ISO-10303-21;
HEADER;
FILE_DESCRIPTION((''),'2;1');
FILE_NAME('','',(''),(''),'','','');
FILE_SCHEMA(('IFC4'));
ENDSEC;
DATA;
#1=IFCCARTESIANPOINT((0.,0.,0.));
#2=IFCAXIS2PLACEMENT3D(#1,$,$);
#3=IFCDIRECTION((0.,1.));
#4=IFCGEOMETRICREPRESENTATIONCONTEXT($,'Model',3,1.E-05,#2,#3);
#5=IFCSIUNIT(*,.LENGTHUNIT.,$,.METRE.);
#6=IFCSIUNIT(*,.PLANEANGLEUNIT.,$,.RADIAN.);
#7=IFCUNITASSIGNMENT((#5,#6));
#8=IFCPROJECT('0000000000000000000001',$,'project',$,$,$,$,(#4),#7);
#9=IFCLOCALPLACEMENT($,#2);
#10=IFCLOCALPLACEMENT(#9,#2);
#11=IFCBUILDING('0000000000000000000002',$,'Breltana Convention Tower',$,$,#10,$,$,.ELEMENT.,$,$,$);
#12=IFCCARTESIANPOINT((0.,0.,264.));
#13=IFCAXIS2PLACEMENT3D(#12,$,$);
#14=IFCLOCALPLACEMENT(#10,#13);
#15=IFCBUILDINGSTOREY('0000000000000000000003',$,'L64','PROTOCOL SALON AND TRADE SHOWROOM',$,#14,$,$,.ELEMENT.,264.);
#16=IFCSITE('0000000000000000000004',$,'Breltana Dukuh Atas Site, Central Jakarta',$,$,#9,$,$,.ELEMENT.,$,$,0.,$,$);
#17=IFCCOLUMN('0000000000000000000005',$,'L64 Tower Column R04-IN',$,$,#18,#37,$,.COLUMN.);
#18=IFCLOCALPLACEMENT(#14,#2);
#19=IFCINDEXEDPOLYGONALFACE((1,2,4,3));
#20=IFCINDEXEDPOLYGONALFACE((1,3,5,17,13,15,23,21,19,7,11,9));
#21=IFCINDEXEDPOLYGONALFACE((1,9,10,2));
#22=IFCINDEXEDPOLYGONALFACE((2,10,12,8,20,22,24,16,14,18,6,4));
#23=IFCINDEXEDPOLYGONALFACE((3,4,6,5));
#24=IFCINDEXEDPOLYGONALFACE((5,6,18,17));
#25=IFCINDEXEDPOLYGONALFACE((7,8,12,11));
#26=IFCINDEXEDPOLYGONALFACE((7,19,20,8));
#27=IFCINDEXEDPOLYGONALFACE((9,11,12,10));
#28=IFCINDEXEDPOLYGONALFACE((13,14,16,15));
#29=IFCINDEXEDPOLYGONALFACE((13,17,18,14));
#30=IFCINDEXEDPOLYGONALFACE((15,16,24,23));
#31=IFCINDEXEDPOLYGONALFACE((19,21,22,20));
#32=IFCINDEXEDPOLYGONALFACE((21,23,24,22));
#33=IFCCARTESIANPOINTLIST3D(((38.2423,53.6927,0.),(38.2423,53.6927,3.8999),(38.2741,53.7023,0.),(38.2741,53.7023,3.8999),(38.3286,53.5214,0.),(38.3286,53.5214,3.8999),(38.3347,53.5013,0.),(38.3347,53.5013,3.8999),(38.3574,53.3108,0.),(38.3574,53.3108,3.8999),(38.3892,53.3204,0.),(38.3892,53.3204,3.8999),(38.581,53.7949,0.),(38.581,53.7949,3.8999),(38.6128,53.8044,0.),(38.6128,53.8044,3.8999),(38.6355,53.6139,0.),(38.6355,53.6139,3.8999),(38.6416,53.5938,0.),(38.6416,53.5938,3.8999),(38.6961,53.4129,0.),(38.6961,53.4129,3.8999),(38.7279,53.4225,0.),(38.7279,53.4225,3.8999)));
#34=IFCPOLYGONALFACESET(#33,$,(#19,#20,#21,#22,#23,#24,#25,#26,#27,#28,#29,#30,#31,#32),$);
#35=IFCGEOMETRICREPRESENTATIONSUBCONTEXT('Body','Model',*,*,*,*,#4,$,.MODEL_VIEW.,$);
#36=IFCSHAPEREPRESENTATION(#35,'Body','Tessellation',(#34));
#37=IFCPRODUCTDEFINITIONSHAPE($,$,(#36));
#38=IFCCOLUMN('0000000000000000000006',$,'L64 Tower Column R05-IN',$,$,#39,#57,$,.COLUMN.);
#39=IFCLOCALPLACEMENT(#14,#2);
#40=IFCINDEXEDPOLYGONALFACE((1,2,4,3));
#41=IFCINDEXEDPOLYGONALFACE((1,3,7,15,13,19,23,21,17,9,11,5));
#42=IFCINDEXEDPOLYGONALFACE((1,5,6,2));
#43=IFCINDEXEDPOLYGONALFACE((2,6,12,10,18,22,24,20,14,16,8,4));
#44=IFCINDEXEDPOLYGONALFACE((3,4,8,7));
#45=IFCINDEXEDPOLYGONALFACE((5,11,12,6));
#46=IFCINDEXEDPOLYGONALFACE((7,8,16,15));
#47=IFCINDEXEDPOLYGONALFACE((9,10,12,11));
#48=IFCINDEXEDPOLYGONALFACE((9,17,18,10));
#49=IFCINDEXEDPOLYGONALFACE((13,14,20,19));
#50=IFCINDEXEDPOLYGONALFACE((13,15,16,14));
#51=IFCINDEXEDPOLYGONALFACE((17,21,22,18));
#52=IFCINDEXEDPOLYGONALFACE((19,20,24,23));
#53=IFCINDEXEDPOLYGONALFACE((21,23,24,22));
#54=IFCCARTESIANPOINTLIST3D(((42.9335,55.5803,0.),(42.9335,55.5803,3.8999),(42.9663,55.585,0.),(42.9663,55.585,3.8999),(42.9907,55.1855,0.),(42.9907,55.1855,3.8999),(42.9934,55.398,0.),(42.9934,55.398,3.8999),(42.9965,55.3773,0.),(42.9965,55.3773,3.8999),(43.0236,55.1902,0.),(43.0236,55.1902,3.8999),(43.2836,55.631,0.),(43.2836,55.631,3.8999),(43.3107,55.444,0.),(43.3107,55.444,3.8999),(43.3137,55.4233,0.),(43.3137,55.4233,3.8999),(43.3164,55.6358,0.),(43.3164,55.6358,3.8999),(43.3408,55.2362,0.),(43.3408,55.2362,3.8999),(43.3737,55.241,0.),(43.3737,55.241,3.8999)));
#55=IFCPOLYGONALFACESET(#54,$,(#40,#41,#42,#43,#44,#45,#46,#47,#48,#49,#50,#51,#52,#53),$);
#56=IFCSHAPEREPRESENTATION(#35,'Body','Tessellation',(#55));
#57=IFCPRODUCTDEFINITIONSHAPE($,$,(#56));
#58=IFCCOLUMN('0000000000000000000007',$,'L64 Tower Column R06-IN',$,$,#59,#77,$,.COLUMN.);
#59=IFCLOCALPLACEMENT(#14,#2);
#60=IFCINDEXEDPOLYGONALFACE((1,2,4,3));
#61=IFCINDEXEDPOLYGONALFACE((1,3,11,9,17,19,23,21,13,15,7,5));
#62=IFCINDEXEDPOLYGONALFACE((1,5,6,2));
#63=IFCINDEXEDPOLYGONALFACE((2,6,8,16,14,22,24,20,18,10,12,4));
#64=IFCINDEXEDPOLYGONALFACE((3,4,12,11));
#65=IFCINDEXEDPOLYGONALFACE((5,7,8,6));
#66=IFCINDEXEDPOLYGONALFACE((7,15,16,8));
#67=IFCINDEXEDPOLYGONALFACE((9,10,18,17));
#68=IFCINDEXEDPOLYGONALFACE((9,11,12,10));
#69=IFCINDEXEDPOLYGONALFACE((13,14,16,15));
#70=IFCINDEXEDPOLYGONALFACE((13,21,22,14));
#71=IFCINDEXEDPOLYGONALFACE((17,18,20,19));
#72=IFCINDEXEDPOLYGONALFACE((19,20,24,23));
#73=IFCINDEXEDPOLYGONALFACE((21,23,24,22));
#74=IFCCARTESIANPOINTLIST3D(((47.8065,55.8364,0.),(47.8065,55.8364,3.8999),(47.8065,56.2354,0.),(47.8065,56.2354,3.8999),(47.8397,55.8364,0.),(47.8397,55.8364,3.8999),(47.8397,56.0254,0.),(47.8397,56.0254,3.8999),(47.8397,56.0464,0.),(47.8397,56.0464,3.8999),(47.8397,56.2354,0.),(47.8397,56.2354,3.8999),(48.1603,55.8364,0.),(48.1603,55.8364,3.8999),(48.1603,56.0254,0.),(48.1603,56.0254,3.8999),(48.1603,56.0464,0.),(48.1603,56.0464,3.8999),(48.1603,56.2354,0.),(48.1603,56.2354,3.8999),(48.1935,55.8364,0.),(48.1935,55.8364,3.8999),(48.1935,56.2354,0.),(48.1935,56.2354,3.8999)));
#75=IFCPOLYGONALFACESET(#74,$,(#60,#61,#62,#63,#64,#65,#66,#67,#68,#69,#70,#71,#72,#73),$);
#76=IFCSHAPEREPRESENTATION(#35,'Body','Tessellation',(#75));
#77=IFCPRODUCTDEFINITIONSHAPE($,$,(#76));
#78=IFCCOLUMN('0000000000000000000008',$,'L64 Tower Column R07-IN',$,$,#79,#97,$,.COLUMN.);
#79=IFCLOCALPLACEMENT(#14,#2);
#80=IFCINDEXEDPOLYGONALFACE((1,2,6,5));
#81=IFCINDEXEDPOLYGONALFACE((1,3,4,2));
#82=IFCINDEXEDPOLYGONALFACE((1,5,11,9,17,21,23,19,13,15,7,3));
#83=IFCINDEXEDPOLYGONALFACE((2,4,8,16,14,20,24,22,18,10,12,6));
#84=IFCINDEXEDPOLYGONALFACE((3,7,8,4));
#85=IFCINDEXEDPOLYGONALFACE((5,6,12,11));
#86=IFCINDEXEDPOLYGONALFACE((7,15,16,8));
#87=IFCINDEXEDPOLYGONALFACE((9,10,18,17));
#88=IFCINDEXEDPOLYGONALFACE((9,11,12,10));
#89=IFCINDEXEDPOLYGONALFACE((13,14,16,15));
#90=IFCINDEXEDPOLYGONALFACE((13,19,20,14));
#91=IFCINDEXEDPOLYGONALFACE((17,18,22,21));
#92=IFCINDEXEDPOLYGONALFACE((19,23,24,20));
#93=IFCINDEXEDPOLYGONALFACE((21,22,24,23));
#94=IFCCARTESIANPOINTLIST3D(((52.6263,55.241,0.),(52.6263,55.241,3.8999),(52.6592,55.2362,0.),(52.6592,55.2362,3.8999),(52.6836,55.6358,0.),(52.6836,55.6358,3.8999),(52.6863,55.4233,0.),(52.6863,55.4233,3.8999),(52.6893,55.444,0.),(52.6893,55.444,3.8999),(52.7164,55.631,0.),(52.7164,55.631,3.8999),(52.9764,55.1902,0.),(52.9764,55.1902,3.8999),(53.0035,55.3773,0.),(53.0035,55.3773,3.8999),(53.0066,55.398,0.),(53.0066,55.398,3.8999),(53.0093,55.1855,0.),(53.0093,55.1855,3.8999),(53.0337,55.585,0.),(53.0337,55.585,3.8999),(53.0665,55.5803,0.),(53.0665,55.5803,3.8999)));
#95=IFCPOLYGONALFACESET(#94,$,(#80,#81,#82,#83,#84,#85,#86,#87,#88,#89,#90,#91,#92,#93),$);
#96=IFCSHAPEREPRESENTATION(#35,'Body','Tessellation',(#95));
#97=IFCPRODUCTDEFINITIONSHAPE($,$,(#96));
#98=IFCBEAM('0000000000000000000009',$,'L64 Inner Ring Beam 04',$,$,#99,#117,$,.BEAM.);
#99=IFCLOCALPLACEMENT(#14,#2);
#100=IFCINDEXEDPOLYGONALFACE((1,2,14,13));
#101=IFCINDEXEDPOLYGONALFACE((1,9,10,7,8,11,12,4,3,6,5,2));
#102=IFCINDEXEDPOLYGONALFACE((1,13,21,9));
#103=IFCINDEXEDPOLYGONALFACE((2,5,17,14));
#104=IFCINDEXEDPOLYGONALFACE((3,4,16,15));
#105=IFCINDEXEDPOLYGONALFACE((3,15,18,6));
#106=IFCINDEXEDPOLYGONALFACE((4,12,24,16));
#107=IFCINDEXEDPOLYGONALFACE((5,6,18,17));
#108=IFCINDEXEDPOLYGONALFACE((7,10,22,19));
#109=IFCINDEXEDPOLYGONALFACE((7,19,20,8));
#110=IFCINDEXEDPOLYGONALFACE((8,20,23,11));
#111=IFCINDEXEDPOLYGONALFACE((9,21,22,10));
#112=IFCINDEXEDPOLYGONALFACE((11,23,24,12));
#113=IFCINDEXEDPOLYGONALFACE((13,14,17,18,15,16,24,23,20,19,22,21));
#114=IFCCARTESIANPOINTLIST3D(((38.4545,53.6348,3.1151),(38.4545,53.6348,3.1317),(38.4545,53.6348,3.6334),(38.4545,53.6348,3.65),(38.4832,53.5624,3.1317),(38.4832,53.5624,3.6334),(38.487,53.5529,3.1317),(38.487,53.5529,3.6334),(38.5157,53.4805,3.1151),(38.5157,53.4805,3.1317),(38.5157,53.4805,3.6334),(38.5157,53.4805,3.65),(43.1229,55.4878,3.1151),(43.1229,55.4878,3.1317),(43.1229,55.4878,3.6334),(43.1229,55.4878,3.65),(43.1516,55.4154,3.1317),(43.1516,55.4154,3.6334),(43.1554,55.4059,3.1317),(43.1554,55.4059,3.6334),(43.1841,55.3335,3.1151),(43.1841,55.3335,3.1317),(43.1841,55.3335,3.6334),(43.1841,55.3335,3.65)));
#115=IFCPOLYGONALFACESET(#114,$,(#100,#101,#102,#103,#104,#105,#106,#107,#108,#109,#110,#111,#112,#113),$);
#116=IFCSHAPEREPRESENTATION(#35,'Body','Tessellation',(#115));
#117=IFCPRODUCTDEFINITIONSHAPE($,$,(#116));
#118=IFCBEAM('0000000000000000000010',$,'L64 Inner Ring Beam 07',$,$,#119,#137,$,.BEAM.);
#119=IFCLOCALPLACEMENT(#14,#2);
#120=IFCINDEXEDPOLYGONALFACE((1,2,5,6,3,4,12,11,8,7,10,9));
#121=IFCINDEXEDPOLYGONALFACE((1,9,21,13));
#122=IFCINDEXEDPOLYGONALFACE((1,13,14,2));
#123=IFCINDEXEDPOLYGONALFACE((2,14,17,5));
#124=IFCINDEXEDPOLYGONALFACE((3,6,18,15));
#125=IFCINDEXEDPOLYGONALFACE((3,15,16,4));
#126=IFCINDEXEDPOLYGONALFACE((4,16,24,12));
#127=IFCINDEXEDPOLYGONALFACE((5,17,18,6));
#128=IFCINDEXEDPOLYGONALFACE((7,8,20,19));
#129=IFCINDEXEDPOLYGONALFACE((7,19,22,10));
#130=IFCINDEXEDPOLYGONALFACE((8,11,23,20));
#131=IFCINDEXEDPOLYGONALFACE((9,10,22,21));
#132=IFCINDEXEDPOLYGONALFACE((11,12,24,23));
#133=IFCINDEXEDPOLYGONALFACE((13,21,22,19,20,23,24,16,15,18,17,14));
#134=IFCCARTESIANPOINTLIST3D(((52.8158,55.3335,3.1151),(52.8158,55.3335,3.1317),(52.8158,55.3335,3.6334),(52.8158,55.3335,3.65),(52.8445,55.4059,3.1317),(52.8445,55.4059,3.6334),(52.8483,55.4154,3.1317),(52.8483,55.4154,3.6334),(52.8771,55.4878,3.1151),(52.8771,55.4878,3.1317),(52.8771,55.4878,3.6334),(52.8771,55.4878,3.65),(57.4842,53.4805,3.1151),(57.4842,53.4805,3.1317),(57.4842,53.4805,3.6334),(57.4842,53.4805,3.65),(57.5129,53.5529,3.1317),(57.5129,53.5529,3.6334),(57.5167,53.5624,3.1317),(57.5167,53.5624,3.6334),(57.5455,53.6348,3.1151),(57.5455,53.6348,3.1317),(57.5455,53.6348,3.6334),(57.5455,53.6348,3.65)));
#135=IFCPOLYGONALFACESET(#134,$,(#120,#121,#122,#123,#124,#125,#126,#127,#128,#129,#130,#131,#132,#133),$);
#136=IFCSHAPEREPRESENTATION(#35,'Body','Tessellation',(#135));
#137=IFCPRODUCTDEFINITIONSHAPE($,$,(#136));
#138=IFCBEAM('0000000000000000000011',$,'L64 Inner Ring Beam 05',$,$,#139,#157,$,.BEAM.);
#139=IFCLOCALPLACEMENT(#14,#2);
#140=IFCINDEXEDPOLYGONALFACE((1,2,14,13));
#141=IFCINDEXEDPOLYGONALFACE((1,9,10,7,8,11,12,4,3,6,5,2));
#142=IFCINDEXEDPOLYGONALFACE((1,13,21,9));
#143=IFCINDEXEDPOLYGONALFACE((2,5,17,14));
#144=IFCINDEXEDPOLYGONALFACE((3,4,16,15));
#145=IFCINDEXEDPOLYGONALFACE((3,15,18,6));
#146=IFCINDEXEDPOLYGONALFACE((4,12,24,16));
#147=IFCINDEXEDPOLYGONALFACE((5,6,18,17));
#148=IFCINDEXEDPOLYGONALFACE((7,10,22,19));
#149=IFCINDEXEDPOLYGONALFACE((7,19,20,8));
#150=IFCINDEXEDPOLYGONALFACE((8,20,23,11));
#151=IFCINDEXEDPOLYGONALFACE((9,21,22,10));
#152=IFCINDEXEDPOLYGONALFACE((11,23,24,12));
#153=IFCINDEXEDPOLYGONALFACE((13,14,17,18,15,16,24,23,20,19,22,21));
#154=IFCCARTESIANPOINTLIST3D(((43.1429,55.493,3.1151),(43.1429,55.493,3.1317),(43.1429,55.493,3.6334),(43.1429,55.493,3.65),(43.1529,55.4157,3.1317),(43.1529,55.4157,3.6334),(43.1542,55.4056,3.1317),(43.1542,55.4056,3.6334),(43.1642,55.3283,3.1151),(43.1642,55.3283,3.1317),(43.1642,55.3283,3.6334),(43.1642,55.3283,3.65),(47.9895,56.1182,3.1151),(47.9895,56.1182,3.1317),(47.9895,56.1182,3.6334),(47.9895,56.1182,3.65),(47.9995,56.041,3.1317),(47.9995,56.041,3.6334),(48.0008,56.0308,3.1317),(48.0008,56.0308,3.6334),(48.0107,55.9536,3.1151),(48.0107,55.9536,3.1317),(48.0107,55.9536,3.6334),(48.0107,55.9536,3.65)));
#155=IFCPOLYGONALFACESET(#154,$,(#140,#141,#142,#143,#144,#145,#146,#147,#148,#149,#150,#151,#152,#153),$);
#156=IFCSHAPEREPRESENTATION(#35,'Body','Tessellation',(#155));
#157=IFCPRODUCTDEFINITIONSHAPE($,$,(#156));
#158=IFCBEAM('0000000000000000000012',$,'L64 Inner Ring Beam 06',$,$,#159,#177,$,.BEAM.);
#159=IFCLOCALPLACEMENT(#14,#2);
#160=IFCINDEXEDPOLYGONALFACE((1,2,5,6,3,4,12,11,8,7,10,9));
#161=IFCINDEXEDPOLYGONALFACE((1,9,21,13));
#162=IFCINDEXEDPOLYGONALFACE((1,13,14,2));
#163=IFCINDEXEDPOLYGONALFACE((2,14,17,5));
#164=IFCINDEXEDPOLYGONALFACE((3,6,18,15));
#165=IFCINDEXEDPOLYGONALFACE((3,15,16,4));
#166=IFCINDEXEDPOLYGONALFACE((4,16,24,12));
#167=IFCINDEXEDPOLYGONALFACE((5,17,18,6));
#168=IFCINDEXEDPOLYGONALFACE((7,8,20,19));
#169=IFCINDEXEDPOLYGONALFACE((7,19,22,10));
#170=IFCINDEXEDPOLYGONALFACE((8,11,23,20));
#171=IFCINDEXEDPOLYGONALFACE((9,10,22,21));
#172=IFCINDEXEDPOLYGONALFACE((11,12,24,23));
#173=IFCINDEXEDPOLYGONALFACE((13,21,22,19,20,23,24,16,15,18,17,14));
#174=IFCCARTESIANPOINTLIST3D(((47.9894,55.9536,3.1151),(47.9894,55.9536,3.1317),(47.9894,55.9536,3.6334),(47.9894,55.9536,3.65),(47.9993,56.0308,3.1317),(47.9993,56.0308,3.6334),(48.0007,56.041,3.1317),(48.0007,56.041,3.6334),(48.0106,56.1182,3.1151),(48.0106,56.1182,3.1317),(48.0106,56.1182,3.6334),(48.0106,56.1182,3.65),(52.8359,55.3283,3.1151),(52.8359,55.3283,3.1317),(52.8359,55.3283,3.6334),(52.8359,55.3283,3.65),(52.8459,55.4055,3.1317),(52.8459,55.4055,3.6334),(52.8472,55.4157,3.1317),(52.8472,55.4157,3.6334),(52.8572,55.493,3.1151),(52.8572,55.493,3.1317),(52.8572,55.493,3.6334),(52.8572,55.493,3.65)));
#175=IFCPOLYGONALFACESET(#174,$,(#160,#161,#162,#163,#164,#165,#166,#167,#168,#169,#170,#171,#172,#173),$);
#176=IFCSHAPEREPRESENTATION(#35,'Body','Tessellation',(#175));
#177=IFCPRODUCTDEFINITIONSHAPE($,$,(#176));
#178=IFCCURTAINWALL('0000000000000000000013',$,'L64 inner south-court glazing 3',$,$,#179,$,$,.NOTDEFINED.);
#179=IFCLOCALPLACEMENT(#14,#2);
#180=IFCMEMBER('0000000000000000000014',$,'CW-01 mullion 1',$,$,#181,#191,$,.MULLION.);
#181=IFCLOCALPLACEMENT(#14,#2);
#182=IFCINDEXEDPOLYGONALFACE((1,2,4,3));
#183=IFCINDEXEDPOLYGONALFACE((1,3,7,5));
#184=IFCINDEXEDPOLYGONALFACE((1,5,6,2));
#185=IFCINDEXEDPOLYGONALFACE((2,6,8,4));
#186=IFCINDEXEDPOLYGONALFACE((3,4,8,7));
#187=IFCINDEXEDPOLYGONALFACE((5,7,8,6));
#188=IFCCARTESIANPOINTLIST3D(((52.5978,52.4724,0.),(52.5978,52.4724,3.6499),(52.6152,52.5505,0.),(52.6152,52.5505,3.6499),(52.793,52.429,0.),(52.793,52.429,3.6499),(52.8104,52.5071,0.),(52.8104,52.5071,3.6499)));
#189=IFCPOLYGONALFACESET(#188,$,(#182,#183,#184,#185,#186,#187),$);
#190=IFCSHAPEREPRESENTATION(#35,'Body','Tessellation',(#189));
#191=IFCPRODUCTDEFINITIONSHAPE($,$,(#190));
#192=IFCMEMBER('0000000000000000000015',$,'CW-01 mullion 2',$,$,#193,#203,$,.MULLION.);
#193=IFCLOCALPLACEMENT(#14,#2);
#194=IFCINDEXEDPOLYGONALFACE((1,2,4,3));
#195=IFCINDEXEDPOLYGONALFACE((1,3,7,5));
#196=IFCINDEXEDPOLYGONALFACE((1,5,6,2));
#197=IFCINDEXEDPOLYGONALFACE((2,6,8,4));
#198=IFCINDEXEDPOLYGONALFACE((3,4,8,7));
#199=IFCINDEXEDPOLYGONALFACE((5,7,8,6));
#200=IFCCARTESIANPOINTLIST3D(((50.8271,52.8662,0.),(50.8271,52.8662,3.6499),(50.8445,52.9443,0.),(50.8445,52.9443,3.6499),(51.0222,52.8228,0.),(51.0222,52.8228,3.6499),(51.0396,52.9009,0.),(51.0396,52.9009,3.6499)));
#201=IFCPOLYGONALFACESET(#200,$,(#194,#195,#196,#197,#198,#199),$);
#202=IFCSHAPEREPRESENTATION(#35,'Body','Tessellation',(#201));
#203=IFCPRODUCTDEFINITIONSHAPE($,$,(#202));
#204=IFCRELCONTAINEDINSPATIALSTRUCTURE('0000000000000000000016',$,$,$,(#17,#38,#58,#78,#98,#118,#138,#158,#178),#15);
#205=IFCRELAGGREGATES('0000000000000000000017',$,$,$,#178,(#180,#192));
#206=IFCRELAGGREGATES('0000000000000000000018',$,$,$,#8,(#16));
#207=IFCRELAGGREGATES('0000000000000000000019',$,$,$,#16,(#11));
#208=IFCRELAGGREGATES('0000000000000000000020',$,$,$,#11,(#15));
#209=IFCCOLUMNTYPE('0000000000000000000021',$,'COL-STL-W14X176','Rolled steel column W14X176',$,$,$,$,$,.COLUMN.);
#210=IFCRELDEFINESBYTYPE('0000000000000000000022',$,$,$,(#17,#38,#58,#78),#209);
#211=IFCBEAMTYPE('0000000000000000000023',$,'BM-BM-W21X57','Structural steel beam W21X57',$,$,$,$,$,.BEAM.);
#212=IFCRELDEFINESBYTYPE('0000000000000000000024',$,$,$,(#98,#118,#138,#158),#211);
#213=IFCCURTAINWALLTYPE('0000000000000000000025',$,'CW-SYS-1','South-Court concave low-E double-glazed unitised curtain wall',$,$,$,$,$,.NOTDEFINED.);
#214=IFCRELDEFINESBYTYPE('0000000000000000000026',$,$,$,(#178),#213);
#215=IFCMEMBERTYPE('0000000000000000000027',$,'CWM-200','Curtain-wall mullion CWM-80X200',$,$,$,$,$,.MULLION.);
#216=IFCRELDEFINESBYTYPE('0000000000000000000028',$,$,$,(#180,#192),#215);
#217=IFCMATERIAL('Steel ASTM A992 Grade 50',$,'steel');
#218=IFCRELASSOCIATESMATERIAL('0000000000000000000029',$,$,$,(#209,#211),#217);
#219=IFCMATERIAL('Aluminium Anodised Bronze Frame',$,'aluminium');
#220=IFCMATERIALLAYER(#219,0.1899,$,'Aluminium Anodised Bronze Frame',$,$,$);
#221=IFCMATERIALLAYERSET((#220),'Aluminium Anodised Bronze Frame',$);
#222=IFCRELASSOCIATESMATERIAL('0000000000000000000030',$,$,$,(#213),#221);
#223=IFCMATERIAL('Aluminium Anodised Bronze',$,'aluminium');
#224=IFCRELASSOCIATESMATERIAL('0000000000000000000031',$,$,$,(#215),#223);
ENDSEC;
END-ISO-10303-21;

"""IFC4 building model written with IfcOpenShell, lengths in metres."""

from ifc_helpers import new_model, si_unit, direction, frame, origin, origin_2d, place, context, subcontext, project, spatial, rectangle, i_section, extrude, source, transform, mapped, material, layer, layer_set, material_profile, profile_set, type_object, type_shapes, element, aggregate, save


model = new_model("IFC4")

# Units and contexts
model_context = context("Model", 3, precision=1e-05, world=origin(), true_north=direction((0.0, 1.0)))
body_context = subcontext(model_context, "Body", "Model", "MODEL_VIEW")
ifc_project = project(units=[si_unit("LENGTHUNIT", "METRE"), si_unit("PLANEANGLEUNIT", "RADIAN")], contexts=[model_context])

# Site, building, storey
site_placement = place(None, origin())
site = spatial("IfcSite", under=ifc_project, at=site_placement, Name="Breltana Dukuh Atas Site, Central Jakarta", CompositionType="ELEMENT", RefElevation=0.0)
building_placement = place(site_placement, origin())
building = spatial("IfcBuilding", under=site, at=building_placement, Name="Breltana Convention Tower", CompositionType="ELEMENT")
storey_placement = place(building_placement, frame((0.0, 0.0, 264.0)))
storey = spatial("IfcBuildingStorey", under=building, at=storey_placement, Name="L64", Description="PROTOCOL SALON AND TRADE SHOWROOM", CompositionType="ELEMENT", Elevation=264.0)

# Columns
ifc_material_1 = material(Name="Steel ASTM A992 Grade 50", Category="steel")
ifc_material_profile_1 = material_profile(ifc_material_1, i_section(OverallWidth=0.3989, OverallDepth=0.387, WebThickness=0.021, FlangeThickness=0.0332, at=origin_2d()), Name="W14X176")
ifc_profile_set_1 = profile_set([ifc_material_profile_1], Name="Steel ASTM A992 Grade 50")
column_type = type_object("IfcColumnType", Name="COL-STL-W14X176", Description="Rolled steel column W14X176", PredefinedType="COLUMN", material=ifc_profile_set_1)
shared_shape_1 = source(origin(), body_context, "Body", "SweptSolid", [
    extrude(i_section(OverallWidth=0.3989, OverallDepth=0.387, WebThickness=0.021, FlangeThickness=0.0332, at=origin_2d()), origin(), (0.0, 0.0, 1.0), 3.8999),
])
type_shapes(column_type, [shared_shape_1])
for number, where, z_axis, x_axis, name in (
    (1, (38.4851, 53.5576, 0.0), (0.0, 0.0, 1.0), (-0.288698, 0.95742, 0.0), "L64 Tower Column R04-IN"),
    (2, (43.1536, 55.4106, 0.0), (0.0, 0.0, 1.0), (-0.143493, 0.989651, 0.0), "L64 Tower Column R05-IN"),
    (3, (48.0, 56.0359, 0.0), (0.0, 0.0, 1.0), (0.0, 1.0, 0.0), "L64 Tower Column R06-IN"),
    (4, (52.8464, 55.4106, 0.0), (0.0, 0.0, 1.0), (0.143493, 0.989651, 0.0), "L64 Tower Column R07-IN"),
):
    element("IfcColumn", number, at=place(storey_placement, frame(where, z_axis=z_axis, x_axis=x_axis)), inside=storey, type_object=column_type, Name=name, PredefinedType="COLUMN", context=body_context, shape_type="MappedRepresentation", body=[
        mapped(shared_shape_1, transform((0.0, 0.0, 0.0), scale=1.0)),
    ])

# Beams
ifc_material_profile_2 = material_profile(ifc_material_1, i_section(OverallWidth=0.166, OverallDepth=0.5349, WebThickness=0.0103, FlangeThickness=0.0166, at=origin_2d()), Name="W21X57")
ifc_profile_set_2 = profile_set([ifc_material_profile_2], Name="Steel ASTM A992 Grade 50")
beam_type = type_object("IfcBeamType", Name="BM-BM-W21X57", Description="Structural steel beam W21X57", PredefinedType="BEAM", material=ifc_profile_set_2)
shared_shape_2 = source(origin(), body_context, "Body", "SweptSolid", [
    extrude(i_section(OverallWidth=0.166, OverallDepth=0.5349, WebThickness=0.0103, FlangeThickness=0.0166, at=origin_2d()), origin(), (0.0, 0.0, 1.0), 5.0227),
])
for number, where, z_axis, x_axis, name in (
    (5, (38.4851, 53.5576, 3.3826), (0.929459, 0.368926, 0.0), (-0.368926, 0.929459, 0.0), "L64 Inner Ring Beam 04"),
    (6, (52.8464, 55.4106, 3.3826), (0.929459, -0.368926, 0.0), (0.368926, 0.929459, 0.0), "L64 Inner Ring Beam 07"),
):
    element("IfcBeam", number, at=place(storey_placement, frame(where, z_axis=z_axis, x_axis=x_axis)), inside=storey, type_object=beam_type, Name=name, PredefinedType="BEAM", context=body_context, shape_type="MappedRepresentation", body=[
        mapped(shared_shape_2, transform((0.0, 0.0, 0.0), scale=1.0)),
    ])
shared_shape_3 = source(origin(), body_context, "Body", "SweptSolid", [
    extrude(i_section(OverallWidth=0.166, OverallDepth=0.5349, WebThickness=0.0103, FlangeThickness=0.0166, at=origin_2d()), origin(), (0.0, 0.0, 1.0), 4.8867),
])
for number, where, z_axis, x_axis, name in (
    (7, (43.1536, 55.4106, 3.3826), (0.991781, 0.127951, 0.0), (-0.127951, 0.991781, 0.0), "L64 Inner Ring Beam 05"),
    (8, (48.0, 56.0359, 3.3826), (0.991781, -0.127951, 0.0), (0.127951, 0.991781, 0.0), "L64 Inner Ring Beam 06"),
):
    element("IfcBeam", number, at=place(storey_placement, frame(where, z_axis=z_axis, x_axis=x_axis)), inside=storey, type_object=beam_type, Name=name, PredefinedType="BEAM", context=body_context, shape_type="MappedRepresentation", body=[
        mapped(shared_shape_3, transform((0.0, 0.0, 0.0), scale=1.0)),
    ])

# Curtain wall, members
ifc_material_2 = material(Name="Aluminium Anodised Bronze Frame", Category="aluminium")
ifc_layer_1 = layer(ifc_material_2, 0.1899, Name="Aluminium Anodised Bronze Frame")
ifc_layer_set_1 = layer_set([ifc_layer_1], Name="Aluminium Anodised Bronze Frame")
curtain_wall_type = type_object("IfcCurtainWallType", Name="CW-SYS-1", Description="South-Court concave low-E double-glazed unitised curtain wall", PredefinedType="NOTDEFINED", material=ifc_layer_set_1)
curtain_wall_1_placement = place(storey_placement, origin())
curtain_wall_1 = element("IfcCurtainWall", 9, at=curtain_wall_1_placement, inside=storey, type_object=curtain_wall_type, Name="L64 inner south-court glazing 3", PredefinedType="NOTDEFINED")
ifc_material_3 = material(Name="Aluminium Anodised Bronze", Category="aluminium")
ifc_material_profile_3 = material_profile(ifc_material_3, rectangle(XDim=0.0801, YDim=0.2, at=origin_2d()), Name="CWM-80X200")
ifc_profile_set_3 = profile_set([ifc_material_profile_3], Name="Aluminium Anodised Bronze")
member_type_1 = type_object("IfcMemberType", Name="CWM-200", Description="Curtain-wall mullion CWM-80X200", PredefinedType="MULLION", material=ifc_profile_set_3)
shared_shape_4 = source(origin(), body_context, "Body", "SweptSolid", [
    extrude(rectangle(XDim=0.0801, YDim=0.2, at=origin_2d()), origin(), (0.0, 0.0, 1.0), 3.6499),
])
member_1_placement = place(storey_placement, frame((52.7041, 52.4897, 0.0), z_axis=(0.0, 0.0, 1.0), x_axis=(-0.217098, -0.97615, 0.0)))
member_1 = element("IfcMember", 10, at=member_1_placement, type_object=member_type_1, Name="CW-01 mullion 1", PredefinedType="MULLION", context=body_context, shape_type="MappedRepresentation", body=[
    mapped(shared_shape_4, transform((0.0, 0.0, 0.0), scale=1.0)),
])
member_2_placement = place(storey_placement, frame((50.9333, 52.8835, 0.0), z_axis=(0.0, 0.0, 1.0), x_axis=(-0.217098, -0.97615, 0.0)))
member_2 = element("IfcMember", 11, at=member_2_placement, type_object=member_type_1, Name="CW-01 mullion 2", PredefinedType="MULLION", context=body_context, shape_type="MappedRepresentation", body=[
    mapped(shared_shape_4, transform((0.0, 0.0, 0.0), scale=1.0)),
])

aggregate(curtain_wall_1, [member_1, member_2])

save(model, "model.ifc")
